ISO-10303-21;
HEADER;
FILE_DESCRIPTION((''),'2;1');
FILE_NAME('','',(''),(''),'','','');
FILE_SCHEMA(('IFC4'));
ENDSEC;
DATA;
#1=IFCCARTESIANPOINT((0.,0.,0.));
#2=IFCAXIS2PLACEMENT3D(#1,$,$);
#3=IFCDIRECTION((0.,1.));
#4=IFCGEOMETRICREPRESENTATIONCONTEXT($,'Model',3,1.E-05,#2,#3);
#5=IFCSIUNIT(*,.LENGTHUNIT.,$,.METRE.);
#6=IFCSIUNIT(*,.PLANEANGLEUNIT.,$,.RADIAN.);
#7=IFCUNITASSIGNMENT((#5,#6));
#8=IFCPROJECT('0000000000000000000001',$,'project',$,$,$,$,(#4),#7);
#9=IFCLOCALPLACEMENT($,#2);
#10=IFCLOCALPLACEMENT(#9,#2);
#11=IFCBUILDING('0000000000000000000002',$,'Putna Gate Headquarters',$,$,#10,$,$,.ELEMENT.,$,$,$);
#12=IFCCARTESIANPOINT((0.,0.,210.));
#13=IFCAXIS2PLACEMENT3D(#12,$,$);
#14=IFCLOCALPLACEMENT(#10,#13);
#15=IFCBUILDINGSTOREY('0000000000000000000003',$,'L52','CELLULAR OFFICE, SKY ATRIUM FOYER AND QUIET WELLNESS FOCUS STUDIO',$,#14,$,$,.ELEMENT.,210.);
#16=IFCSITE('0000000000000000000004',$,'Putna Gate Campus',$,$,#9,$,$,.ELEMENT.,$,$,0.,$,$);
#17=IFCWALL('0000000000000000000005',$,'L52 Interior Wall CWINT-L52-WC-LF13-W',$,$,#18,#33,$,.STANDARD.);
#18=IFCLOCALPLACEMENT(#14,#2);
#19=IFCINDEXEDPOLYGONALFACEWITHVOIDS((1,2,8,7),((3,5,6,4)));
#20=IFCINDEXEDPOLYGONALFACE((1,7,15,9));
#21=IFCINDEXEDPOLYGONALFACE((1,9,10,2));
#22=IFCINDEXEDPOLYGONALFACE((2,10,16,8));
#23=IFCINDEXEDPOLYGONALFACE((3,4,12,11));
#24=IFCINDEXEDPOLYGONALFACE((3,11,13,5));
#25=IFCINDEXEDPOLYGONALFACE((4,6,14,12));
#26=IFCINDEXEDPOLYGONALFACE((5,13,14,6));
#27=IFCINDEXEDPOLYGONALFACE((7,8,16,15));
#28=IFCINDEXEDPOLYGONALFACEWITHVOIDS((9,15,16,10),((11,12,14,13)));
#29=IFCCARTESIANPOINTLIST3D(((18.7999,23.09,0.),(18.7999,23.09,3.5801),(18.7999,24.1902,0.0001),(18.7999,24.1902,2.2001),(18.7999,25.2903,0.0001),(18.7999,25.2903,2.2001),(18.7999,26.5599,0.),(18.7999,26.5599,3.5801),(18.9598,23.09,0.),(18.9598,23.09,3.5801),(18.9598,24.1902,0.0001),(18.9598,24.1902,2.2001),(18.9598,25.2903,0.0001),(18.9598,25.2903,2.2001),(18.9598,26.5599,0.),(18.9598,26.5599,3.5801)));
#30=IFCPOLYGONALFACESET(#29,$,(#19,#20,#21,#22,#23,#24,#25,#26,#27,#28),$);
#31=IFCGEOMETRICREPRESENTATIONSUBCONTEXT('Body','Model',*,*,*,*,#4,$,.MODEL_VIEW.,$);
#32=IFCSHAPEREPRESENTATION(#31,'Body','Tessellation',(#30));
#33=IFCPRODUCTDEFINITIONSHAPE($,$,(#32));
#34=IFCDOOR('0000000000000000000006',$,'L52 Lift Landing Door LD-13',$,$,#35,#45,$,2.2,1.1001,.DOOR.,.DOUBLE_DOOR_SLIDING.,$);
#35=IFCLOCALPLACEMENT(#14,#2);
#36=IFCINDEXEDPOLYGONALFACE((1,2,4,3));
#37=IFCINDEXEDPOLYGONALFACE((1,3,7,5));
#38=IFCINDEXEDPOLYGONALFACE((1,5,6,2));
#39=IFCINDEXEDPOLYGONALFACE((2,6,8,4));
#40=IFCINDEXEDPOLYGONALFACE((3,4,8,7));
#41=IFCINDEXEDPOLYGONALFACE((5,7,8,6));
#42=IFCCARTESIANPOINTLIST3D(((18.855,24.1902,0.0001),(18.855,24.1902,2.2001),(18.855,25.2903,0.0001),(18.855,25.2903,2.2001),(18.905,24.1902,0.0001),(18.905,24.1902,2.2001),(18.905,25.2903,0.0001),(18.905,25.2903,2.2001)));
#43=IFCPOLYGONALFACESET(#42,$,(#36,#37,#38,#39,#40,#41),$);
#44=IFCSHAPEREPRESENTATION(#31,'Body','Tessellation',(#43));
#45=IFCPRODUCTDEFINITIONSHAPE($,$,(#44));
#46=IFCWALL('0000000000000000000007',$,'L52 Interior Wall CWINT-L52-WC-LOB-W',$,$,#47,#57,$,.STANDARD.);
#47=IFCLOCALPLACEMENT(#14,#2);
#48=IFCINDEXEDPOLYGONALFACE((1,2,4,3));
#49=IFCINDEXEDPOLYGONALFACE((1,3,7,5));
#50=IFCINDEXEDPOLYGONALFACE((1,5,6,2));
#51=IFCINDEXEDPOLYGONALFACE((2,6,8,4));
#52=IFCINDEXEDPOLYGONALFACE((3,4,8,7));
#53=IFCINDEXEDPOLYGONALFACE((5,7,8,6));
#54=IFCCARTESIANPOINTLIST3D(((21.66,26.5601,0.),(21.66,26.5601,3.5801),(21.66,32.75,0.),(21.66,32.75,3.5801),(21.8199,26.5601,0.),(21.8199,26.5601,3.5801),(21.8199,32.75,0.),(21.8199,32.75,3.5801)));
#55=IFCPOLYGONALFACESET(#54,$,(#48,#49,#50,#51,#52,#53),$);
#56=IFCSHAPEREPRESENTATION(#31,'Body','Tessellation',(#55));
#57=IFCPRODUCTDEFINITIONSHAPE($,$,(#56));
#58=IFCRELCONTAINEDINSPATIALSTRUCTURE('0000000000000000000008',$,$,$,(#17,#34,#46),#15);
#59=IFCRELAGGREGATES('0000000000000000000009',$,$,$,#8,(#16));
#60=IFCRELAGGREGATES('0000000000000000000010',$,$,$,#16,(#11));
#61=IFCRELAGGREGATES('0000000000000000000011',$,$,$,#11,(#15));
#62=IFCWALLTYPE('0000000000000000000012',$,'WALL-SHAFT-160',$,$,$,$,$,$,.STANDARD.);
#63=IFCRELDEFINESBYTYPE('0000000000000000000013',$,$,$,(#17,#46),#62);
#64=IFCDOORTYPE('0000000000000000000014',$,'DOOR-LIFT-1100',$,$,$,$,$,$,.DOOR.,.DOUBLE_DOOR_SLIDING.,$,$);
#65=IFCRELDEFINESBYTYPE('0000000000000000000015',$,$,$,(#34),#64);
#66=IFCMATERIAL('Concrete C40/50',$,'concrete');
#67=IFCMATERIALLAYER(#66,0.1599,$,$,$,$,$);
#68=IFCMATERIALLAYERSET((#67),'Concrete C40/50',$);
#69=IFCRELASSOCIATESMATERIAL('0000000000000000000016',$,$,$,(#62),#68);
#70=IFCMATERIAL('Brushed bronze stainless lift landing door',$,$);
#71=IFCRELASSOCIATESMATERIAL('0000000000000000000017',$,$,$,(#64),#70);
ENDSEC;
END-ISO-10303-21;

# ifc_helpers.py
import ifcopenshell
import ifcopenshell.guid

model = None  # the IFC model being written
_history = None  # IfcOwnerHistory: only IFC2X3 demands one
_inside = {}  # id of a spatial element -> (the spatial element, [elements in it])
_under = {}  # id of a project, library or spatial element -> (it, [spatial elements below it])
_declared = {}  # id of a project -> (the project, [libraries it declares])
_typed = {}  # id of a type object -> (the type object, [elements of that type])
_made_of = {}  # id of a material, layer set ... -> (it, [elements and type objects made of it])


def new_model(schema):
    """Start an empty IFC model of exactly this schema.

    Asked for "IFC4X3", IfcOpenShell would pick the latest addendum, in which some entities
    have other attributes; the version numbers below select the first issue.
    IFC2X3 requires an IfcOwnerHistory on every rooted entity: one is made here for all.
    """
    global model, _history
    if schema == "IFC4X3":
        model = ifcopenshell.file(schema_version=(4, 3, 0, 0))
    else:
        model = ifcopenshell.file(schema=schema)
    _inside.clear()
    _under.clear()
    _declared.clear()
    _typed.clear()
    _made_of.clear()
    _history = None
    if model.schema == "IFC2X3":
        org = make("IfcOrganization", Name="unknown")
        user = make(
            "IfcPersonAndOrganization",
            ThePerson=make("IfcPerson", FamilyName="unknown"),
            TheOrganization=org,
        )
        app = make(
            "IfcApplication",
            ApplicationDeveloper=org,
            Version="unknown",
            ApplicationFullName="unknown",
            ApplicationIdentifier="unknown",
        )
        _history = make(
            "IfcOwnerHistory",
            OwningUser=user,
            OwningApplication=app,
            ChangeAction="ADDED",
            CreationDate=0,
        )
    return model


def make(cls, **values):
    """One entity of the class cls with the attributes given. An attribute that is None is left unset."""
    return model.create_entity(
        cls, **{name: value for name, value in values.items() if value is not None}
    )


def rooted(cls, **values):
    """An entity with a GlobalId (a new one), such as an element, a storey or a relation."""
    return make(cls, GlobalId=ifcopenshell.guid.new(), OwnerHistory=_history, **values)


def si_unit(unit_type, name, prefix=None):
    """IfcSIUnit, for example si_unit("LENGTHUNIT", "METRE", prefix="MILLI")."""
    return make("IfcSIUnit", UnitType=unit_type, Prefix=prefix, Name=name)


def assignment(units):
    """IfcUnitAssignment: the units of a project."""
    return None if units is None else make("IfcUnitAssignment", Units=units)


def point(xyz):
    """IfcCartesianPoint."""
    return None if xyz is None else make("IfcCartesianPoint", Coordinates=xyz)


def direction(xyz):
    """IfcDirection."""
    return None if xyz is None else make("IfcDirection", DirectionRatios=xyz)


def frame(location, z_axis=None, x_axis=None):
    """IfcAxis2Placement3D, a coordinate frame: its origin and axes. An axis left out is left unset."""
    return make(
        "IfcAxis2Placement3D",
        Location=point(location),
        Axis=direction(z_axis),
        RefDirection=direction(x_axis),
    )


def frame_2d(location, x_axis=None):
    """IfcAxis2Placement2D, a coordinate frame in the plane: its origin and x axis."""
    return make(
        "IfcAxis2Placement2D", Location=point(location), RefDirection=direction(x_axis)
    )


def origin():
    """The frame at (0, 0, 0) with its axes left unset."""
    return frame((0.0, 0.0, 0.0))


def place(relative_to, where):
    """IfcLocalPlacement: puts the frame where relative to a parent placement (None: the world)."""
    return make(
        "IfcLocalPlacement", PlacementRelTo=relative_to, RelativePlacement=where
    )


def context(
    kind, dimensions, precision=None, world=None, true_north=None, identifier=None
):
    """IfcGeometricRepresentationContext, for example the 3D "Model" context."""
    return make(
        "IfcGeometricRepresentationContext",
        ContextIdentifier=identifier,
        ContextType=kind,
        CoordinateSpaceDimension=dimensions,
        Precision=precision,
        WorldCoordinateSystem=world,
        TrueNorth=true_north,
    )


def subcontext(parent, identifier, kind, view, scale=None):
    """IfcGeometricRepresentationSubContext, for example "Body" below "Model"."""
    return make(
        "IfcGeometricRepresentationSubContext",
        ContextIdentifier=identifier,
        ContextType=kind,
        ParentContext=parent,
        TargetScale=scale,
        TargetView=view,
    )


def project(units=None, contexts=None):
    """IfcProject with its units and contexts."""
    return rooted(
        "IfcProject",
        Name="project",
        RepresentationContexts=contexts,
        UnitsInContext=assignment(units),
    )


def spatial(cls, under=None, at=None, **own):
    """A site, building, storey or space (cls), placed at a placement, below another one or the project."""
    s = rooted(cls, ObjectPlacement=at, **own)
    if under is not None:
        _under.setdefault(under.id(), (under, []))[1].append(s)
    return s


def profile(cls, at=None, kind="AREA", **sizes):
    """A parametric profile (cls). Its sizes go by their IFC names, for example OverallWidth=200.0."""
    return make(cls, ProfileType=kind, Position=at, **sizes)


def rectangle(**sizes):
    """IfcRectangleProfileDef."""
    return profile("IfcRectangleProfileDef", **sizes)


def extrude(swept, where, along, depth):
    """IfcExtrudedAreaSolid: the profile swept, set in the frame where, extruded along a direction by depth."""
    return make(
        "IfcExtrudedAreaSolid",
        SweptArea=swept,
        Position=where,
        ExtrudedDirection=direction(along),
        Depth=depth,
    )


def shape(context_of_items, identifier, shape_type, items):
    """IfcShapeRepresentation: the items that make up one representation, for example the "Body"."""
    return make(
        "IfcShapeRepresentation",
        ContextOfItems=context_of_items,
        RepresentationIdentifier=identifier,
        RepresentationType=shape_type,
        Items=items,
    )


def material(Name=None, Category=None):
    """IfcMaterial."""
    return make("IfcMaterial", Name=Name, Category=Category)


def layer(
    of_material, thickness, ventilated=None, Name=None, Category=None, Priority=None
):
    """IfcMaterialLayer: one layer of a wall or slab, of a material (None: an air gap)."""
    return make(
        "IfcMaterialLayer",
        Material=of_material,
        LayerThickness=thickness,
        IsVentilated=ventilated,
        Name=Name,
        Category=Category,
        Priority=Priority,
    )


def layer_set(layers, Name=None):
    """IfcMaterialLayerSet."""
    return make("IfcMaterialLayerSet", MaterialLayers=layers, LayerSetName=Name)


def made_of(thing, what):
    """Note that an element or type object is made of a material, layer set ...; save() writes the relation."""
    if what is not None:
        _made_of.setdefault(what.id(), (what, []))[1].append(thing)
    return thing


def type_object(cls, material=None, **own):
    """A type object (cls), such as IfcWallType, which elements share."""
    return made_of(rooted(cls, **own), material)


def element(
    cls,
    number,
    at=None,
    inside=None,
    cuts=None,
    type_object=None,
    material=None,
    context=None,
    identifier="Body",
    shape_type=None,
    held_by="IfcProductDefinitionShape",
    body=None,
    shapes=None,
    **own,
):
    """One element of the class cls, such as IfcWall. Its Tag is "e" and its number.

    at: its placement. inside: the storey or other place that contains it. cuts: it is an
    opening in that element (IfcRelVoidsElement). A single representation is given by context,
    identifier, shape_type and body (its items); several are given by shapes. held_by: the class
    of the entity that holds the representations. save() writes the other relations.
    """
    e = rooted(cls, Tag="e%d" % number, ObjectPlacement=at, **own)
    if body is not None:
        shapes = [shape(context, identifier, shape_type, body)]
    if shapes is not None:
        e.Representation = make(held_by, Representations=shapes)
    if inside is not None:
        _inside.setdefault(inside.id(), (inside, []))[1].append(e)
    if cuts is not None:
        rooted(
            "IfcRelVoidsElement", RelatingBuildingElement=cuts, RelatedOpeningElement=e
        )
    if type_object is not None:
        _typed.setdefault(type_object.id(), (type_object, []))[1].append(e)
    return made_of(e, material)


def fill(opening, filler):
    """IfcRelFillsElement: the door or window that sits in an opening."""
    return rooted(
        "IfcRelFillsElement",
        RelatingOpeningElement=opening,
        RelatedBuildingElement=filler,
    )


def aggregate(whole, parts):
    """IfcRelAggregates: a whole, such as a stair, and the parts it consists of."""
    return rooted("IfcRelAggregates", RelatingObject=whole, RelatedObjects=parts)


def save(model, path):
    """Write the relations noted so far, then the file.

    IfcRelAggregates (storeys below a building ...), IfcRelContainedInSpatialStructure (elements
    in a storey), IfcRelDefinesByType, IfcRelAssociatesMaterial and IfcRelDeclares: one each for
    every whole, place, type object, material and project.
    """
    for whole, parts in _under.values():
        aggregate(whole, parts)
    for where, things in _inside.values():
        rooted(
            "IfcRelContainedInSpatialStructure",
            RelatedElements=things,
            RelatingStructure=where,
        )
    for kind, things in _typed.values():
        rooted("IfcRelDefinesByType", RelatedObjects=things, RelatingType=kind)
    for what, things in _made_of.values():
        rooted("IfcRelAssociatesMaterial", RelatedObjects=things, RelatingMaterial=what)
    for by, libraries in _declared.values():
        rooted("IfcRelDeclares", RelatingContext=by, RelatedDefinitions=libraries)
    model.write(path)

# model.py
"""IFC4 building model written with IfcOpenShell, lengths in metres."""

from ifc_helpers import new_model, si_unit, direction, frame, frame_2d, origin, place, context, subcontext, project, spatial, rectangle, extrude, material, layer, layer_set, type_object, element, fill, save


model = new_model("IFC4")

# Units and contexts
model_context = context("Model", 3, precision=1e-05, world=origin(), true_north=direction((0.0, 1.0)))
body_context = subcontext(model_context, "Body", "Model", "MODEL_VIEW")
ifc_project = project(units=[si_unit("LENGTHUNIT", "METRE"), si_unit("PLANEANGLEUNIT", "RADIAN")], contexts=[model_context])

# Site, building, storey
site_placement = place(None, origin())
site = spatial("IfcSite", under=ifc_project, at=site_placement, Name="Putna Gate Campus", CompositionType="ELEMENT", RefElevation=0.0)
building_placement = place(site_placement, origin())
building = spatial("IfcBuilding", under=site, at=building_placement, Name="Putna Gate Headquarters", CompositionType="ELEMENT")
storey_placement = place(building_placement, frame((0.0, 0.0, 210.0)))
storey = spatial("IfcBuildingStorey", under=building, at=storey_placement, Name="L52", Description="CELLULAR OFFICE, SKY ATRIUM FOYER AND QUIET WELLNESS FOCUS STUDIO", CompositionType="ELEMENT", Elevation=210.0)

# Shared definitions
ifc_material_1 = material(Name="Concrete C40/50", Category="concrete")
ifc_layer_1 = layer(ifc_material_1, 0.1599)
ifc_layer_set_1 = layer_set([ifc_layer_1], Name="Concrete C40/50")
wall_type_1 = type_object("IfcWallType", Name="WALL-SHAFT-160", PredefinedType="STANDARD", material=ifc_layer_set_1)

# Wall, opening, door
wall_1_placement = place(storey_placement, frame((18.8799, 23.0901, 0.0), z_axis=(0.0, 0.0, 1.0), x_axis=(0.0, 1.0, 0.0)))
wall_1 = element("IfcWall", 1, at=wall_1_placement, inside=storey, type_object=wall_type_1, Name="L52 Interior Wall CWINT-L52-WC-LF13-W", PredefinedType="STANDARD", context=body_context, shape_type="SweptSolid", body=[
    extrude(rectangle(XDim=3.47, YDim=0.1599, at=frame_2d((1.7349, 0.0))), origin(), (0.0, 0.0, 1.0), 3.5801),
])
opening_1_placement = place(wall_1_placement, frame((1.1001, 0.0, 0.0)))
opening_1 = element("IfcOpeningElement", 2, at=opening_1_placement, cuts=wall_1, PredefinedType="OPENING", context=body_context, shape_type="SweptSolid", body=[
    extrude(rectangle(XDim=1.1001, YDim=2.2, at=frame_2d((0.55, 1.1001))), frame((0.0, 0.0898, 0.0), z_axis=(0.0, -1.0, 0.0), x_axis=(1.0, 0.0, 0.0)), (0.0, 0.0, 1.0), 0.1799),
])
ifc_material_2 = material(Name="Brushed bronze stainless lift landing door")
door_type_1 = type_object("IfcDoorType", Name="DOOR-LIFT-1100", OperationType="DOUBLE_DOOR_SLIDING", PredefinedType="DOOR", material=ifc_material_2)
door_1_placement = place(opening_1_placement, origin())
door_1 = element("IfcDoor", 3, at=door_1_placement, inside=storey, type_object=door_type_1, Name="L52 Lift Landing Door LD-13", OperationType="DOUBLE_DOOR_SLIDING", OverallHeight=2.2, OverallWidth=1.1001, PredefinedType="DOOR", context=body_context, shape_type="SweptSolid", body=[
    extrude(rectangle(XDim=1.1001, YDim=2.2, at=frame_2d((0.55, 1.1001))), frame((0.0, 0.0249, 0.0), z_axis=(0.0, -1.0, 0.0), x_axis=(1.0, 0.0, 0.0)), (0.0, 0.0, 1.0), 0.05),
])
fill(opening_1, door_1)

# Wall
wall_2_placement = place(storey_placement, frame((21.74, 26.5601, 0.0), z_axis=(0.0, 0.0, 1.0), x_axis=(0.0, 1.0, 0.0)))
element("IfcWall", 4, at=wall_2_placement, inside=storey, type_object=wall_type_1, Name="L52 Interior Wall CWINT-L52-WC-LOB-W", PredefinedType="STANDARD", context=body_context, shape_type="SweptSolid", body=[
    extrude(rectangle(XDim=6.1899, YDim=0.1599, at=frame_2d((3.095, 0.0))), origin(), (0.0, 0.0, 1.0), 3.5801),
])

save(model, "model.ifc")
